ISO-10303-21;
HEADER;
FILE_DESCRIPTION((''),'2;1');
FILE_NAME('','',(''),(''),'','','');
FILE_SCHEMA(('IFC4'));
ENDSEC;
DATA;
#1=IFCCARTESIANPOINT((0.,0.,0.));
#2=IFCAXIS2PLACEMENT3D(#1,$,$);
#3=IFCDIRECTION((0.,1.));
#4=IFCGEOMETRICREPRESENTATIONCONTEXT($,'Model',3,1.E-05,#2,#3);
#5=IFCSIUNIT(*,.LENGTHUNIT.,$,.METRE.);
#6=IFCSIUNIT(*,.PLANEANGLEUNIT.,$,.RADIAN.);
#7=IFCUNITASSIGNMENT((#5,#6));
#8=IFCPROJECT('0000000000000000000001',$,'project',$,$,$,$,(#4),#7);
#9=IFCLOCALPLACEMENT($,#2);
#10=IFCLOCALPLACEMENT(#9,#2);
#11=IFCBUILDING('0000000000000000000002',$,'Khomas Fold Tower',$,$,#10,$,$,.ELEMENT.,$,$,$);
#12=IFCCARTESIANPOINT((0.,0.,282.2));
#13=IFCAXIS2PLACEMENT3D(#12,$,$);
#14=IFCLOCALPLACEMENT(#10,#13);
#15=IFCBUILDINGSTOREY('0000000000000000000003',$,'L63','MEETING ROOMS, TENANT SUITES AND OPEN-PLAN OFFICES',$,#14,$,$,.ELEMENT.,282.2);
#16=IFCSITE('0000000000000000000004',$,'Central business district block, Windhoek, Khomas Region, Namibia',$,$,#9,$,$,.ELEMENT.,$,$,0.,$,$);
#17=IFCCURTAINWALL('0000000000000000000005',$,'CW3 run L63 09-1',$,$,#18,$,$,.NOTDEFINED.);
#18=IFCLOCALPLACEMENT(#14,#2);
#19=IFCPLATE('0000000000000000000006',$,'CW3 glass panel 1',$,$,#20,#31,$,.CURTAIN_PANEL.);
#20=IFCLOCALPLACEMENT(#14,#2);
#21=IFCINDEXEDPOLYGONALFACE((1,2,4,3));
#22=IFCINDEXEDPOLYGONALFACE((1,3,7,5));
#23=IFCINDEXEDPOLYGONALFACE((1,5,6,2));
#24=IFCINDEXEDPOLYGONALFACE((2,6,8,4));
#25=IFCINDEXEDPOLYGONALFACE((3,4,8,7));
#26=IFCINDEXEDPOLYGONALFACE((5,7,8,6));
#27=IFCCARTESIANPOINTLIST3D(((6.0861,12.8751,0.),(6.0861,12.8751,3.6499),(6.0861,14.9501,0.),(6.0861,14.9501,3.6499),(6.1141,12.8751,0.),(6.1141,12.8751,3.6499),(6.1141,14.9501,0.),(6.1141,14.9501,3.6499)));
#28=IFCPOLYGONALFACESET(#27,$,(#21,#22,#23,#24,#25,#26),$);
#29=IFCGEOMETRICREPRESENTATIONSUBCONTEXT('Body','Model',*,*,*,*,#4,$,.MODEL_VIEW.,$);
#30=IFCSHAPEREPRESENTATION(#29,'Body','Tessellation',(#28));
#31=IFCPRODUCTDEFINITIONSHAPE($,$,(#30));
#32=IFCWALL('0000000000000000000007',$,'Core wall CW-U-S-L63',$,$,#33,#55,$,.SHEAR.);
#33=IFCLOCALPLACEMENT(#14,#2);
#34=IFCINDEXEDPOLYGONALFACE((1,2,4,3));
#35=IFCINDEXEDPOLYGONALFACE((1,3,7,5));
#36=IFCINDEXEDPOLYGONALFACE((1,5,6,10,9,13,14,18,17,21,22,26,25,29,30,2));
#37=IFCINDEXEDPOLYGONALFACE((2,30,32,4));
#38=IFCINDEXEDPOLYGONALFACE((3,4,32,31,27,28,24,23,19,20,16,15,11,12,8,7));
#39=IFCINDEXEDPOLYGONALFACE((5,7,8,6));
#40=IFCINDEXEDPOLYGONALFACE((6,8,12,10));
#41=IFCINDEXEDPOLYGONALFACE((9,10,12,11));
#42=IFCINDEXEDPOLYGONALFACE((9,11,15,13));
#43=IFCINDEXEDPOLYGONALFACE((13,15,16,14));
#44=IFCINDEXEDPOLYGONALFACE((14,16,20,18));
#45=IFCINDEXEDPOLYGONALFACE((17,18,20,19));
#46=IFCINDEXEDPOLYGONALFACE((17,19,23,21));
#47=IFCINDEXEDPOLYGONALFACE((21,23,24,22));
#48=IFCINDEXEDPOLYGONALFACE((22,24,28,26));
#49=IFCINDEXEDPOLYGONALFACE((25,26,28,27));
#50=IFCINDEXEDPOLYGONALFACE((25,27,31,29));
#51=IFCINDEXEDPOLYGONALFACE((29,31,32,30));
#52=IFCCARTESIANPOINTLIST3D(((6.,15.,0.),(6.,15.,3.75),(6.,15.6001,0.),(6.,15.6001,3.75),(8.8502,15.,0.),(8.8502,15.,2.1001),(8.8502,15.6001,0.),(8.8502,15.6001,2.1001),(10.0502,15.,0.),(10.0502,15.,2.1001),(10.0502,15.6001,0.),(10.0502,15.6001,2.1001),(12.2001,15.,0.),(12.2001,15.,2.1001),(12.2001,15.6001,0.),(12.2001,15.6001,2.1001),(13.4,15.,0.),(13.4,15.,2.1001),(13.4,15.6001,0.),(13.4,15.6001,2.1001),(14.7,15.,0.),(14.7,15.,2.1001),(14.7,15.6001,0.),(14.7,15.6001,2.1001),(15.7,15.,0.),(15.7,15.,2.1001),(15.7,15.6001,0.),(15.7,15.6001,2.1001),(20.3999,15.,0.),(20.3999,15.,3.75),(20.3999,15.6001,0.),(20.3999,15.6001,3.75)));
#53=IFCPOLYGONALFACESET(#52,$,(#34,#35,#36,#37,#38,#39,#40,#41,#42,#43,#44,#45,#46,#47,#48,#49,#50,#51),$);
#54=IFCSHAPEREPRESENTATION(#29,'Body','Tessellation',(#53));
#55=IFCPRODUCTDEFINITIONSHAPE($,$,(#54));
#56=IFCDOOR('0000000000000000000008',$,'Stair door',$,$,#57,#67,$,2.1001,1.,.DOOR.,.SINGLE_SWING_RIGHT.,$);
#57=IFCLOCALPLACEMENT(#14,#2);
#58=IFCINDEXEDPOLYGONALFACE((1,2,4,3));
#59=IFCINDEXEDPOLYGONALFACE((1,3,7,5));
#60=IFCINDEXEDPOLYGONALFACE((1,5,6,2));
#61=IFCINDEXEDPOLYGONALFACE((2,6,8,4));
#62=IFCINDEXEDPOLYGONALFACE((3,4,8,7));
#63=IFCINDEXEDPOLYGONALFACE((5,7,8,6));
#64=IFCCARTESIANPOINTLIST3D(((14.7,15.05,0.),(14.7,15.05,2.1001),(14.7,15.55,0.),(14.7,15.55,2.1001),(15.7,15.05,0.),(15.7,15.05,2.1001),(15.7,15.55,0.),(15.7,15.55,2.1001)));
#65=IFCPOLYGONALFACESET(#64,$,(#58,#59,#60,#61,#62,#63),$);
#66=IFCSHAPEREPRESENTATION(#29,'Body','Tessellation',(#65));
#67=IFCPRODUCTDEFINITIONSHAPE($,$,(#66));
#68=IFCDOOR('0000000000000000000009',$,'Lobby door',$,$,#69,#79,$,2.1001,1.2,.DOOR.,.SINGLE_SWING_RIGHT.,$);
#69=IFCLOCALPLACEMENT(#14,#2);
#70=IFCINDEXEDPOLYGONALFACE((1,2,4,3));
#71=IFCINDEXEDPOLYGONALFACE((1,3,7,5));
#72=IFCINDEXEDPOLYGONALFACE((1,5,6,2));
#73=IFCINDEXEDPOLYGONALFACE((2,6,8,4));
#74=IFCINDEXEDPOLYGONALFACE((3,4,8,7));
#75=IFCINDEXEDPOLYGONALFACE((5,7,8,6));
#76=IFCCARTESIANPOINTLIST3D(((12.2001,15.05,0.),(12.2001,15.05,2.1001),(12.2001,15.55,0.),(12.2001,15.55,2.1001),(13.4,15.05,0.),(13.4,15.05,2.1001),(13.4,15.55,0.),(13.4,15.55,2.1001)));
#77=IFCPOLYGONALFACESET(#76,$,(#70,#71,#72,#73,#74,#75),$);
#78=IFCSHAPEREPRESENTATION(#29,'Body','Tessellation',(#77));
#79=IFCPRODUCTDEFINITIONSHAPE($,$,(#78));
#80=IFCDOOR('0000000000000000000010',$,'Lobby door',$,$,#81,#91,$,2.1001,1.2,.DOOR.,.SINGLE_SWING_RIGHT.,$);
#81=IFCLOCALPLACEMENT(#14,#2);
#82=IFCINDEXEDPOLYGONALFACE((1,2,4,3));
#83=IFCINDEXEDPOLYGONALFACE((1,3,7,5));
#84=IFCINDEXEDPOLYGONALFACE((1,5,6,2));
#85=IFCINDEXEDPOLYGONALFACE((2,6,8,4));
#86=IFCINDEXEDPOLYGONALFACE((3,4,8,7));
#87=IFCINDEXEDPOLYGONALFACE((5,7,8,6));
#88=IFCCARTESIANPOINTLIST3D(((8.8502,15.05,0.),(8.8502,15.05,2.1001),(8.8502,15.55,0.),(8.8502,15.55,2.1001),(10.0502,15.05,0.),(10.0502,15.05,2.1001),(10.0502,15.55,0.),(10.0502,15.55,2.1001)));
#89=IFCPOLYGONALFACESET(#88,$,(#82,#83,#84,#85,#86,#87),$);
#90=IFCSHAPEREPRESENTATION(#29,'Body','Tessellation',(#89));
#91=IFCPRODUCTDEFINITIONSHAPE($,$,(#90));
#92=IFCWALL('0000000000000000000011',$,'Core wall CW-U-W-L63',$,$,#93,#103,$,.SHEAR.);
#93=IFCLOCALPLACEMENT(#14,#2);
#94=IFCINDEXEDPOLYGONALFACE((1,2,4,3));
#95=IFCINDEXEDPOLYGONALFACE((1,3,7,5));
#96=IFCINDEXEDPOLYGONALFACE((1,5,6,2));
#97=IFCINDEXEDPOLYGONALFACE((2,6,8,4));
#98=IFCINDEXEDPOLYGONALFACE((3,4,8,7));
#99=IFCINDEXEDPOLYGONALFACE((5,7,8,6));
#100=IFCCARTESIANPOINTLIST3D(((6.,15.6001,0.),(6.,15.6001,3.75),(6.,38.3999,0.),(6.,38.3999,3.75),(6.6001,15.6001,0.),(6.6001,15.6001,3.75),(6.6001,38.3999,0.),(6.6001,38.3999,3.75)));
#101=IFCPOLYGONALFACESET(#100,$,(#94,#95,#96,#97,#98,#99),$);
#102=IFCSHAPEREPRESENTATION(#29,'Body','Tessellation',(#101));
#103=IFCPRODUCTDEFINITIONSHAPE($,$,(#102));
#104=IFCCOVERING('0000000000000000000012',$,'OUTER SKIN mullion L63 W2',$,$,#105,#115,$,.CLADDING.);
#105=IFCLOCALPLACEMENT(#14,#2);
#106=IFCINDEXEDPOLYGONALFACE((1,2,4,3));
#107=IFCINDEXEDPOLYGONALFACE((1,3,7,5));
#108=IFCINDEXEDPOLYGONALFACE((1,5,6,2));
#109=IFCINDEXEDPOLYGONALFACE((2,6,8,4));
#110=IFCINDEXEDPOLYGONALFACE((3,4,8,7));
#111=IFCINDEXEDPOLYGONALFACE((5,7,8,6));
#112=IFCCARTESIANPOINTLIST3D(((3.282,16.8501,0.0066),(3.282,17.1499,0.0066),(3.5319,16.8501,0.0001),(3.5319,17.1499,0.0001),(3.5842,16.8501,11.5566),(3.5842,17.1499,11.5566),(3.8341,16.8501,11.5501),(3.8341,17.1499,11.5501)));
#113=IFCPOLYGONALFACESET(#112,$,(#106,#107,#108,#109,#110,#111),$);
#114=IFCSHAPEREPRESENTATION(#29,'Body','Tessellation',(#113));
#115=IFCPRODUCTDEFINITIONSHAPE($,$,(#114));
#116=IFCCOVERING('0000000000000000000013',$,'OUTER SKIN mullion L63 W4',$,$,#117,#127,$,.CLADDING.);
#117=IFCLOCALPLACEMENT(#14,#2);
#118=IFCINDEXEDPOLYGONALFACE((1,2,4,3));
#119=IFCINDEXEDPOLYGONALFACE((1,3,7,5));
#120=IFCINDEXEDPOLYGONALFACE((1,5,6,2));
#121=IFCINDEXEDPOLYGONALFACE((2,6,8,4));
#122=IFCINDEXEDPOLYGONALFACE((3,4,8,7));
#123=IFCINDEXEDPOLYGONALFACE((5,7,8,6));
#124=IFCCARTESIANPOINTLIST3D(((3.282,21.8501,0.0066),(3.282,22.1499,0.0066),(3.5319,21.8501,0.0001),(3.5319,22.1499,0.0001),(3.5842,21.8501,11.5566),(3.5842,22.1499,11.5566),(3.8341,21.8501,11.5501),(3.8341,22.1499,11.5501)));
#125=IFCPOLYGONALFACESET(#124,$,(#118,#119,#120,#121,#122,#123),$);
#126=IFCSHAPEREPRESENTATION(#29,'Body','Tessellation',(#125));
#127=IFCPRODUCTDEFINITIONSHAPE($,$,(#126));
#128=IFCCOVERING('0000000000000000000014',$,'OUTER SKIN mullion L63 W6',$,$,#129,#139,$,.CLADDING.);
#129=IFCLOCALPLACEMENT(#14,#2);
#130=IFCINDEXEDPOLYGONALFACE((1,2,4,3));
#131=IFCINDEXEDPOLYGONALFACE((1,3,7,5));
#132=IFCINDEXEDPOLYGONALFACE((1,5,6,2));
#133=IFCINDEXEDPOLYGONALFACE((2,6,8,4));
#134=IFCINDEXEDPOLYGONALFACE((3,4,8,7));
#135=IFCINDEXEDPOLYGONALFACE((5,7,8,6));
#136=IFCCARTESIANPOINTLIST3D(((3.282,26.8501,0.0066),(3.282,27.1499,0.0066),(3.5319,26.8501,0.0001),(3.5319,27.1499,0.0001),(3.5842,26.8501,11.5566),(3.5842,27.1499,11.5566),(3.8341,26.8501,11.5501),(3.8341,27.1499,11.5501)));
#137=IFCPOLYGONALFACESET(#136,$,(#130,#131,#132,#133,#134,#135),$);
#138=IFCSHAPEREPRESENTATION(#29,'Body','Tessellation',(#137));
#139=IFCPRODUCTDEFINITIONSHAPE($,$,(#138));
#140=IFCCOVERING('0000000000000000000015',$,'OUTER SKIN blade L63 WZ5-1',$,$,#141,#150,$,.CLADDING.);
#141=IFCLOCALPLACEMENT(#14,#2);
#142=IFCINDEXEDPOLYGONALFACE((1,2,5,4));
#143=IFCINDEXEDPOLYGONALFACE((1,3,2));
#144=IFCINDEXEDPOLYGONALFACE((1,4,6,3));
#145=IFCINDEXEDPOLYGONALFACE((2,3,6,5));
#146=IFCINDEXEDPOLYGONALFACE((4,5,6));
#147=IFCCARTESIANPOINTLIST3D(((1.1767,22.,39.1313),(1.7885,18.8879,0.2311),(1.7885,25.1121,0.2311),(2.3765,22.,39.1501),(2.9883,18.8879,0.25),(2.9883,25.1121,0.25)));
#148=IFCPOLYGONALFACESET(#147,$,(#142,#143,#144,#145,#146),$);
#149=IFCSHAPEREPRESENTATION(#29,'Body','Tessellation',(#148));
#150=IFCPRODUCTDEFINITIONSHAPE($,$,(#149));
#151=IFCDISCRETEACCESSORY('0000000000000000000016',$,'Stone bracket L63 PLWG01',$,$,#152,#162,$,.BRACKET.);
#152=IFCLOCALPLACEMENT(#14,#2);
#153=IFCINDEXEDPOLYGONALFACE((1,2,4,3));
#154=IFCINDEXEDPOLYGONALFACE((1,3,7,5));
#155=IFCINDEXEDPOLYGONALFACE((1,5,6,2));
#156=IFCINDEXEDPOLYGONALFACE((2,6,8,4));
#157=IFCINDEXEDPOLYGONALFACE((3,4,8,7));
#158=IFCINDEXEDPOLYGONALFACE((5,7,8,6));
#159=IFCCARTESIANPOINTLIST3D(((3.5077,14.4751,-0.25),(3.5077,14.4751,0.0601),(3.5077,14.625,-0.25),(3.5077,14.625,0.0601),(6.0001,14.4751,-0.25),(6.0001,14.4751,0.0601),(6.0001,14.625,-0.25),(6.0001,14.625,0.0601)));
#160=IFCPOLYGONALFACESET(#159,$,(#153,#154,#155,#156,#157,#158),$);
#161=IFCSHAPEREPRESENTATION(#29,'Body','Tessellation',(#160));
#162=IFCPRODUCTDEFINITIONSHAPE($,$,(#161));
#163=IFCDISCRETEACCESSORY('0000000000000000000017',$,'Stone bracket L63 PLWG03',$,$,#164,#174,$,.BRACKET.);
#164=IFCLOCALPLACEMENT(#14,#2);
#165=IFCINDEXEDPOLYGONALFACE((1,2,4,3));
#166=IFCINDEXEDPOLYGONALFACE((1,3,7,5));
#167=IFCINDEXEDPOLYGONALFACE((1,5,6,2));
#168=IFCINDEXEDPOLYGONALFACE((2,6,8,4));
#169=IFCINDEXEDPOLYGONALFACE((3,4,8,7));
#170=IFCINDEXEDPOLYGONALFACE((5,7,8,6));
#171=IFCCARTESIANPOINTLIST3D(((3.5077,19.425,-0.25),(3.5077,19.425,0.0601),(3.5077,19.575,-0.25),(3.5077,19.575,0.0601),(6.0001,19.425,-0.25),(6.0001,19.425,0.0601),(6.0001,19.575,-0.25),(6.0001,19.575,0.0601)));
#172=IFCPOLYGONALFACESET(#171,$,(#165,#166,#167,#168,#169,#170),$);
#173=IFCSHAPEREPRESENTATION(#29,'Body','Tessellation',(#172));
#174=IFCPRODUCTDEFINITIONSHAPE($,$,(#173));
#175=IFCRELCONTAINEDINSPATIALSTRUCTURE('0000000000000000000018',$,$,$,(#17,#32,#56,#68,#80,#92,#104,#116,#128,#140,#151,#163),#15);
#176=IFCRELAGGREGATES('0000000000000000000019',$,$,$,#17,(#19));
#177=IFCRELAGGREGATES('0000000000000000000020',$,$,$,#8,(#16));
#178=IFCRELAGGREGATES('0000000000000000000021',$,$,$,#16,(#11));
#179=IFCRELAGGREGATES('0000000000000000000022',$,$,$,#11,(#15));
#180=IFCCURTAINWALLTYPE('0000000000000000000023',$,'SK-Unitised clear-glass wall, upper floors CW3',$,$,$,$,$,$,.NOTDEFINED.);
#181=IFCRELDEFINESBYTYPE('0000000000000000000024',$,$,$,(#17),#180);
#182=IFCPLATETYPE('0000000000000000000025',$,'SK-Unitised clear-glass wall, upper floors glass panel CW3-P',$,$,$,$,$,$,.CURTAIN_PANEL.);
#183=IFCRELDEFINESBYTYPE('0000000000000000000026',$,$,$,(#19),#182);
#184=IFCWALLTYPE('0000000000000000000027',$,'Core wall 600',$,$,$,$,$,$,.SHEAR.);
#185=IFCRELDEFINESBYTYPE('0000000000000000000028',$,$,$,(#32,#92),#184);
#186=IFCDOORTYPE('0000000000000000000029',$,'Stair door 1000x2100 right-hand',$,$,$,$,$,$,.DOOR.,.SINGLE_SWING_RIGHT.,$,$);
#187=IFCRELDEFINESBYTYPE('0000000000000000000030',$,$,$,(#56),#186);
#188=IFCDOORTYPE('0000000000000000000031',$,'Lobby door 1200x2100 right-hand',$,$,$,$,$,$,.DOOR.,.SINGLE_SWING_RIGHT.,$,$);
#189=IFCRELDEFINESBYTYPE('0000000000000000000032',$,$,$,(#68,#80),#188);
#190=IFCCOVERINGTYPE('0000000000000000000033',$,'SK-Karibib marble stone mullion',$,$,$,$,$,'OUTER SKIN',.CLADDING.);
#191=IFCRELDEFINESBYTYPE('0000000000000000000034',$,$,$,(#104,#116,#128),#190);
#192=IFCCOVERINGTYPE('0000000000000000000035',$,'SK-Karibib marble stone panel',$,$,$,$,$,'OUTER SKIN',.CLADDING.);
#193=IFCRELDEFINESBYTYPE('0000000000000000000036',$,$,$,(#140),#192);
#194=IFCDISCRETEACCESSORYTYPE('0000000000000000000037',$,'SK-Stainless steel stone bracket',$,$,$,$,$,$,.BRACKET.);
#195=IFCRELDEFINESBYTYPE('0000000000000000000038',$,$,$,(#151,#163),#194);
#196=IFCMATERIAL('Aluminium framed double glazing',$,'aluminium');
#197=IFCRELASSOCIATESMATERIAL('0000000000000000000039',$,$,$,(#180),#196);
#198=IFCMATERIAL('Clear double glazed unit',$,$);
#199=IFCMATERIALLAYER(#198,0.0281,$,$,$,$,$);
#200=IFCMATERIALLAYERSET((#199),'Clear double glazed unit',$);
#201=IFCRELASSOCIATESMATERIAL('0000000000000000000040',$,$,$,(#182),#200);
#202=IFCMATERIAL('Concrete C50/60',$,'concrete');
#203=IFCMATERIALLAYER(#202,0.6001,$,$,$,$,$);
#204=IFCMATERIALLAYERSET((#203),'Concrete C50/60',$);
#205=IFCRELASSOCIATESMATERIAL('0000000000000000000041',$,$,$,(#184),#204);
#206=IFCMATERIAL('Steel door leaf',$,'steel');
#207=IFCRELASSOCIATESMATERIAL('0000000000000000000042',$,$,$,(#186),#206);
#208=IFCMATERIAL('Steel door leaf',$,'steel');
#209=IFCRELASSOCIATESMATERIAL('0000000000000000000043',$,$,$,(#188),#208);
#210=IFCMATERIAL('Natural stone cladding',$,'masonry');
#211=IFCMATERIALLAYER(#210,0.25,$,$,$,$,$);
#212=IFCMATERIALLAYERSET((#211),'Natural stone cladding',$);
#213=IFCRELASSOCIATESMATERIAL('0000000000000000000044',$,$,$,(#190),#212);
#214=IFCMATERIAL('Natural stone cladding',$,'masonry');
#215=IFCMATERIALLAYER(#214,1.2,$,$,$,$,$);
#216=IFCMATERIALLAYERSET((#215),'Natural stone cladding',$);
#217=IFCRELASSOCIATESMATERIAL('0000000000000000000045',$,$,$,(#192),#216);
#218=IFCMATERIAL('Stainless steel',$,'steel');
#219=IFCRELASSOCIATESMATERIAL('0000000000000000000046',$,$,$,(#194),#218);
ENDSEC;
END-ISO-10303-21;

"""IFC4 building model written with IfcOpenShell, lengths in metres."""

from ifc_helpers import new_model, si_unit, direction, frame, frame_2d, origin, origin_2d, place, context, subcontext, project, spatial, polyline, rectangle, outline, extrude, source, transform, mapped, material, layer, layer_set, type_object, element, fill, aggregate, save


model = new_model("IFC4")

# Units and contexts
model_context = context("Model", 3, precision=1e-05, world=origin(), true_north=direction((0.0, 1.0)))
body_context = subcontext(model_context, "Body", "Model", "MODEL_VIEW")
ifc_project = project(units=[si_unit("LENGTHUNIT", "METRE"), si_unit("PLANEANGLEUNIT", "RADIAN")], contexts=[model_context])

# Site, building, storey
site_placement = place(None, origin())
site = spatial("IfcSite", under=ifc_project, at=site_placement, Name="Central business district block, Windhoek, Khomas Region, Namibia", CompositionType="ELEMENT", RefElevation=0.0)
building_placement = place(site_placement, origin())
building = spatial("IfcBuilding", under=site, at=building_placement, Name="Khomas Fold Tower", CompositionType="ELEMENT")
storey_placement = place(building_placement, frame((0.0, 0.0, 282.2)))
storey = spatial("IfcBuildingStorey", under=building, at=storey_placement, Name="L63", Description="MEETING ROOMS, TENANT SUITES AND OPEN-PLAN OFFICES", CompositionType="ELEMENT", Elevation=282.2)

# Curtain wall
ifc_material_1 = material(Name="Aluminium framed double glazing", Category="aluminium")
curtain_wall_type = type_object("IfcCurtainWallType", Name="SK-Unitised clear-glass wall, upper floors CW3", PredefinedType="NOTDEFINED", material=ifc_material_1)
curtain_wall_1_placement = place(storey_placement, origin())
curtain_wall_1 = element("IfcCurtainWall", 1, at=curtain_wall_1_placement, inside=storey, type_object=curtain_wall_type, Name="CW3 run L63 09-1", PredefinedType="NOTDEFINED")

# Plate
ifc_material_2 = material(Name="Clear double glazed unit")
ifc_layer_1 = layer(ifc_material_2, 0.0281)
ifc_layer_set_1 = layer_set([ifc_layer_1], Name="Clear double glazed unit")
plate_type_1 = type_object("IfcPlateType", Name="SK-Unitised clear-glass wall, upper floors glass panel CW3-P", PredefinedType="CURTAIN_PANEL", material=ifc_layer_set_1)
shared_shape_1 = source(origin(), body_context, "Body", "SweptSolid", [
    extrude(rectangle(XDim=2.075, YDim=0.0281, at=origin_2d()), origin(), (0.0, 0.0, 1.0), 3.6499),
])
plate_1_placement = place(storey_placement, frame((6.1001, 13.9126, 0.0), z_axis=(0.0, 0.0, 1.0), x_axis=(0.0, -1.0, 0.0)))
plate_1 = element("IfcPlate", 2, at=plate_1_placement, type_object=plate_type_1, Name="CW3 glass panel 1", PredefinedType="CURTAIN_PANEL", context=body_context, shape_type="MappedRepresentation", body=[
    mapped(shared_shape_1, transform((0.0, 0.0, 0.0))),
])
aggregate(curtain_wall_1, [plate_1])

# Wall, openings, doors
ifc_material_3 = material(Name="Concrete C50/60", Category="concrete")
ifc_layer_2 = layer(ifc_material_3, 0.6001)
ifc_layer_set_2 = layer_set([ifc_layer_2], Name="Concrete C50/60")
wall_type = type_object("IfcWallType", Name="Core wall 600", PredefinedType="SHEAR", material=ifc_layer_set_2)
shared_shape_2 = source(origin(), body_context, "Body", "SweptSolid", [
    extrude(rectangle(XDim=14.3999, YDim=0.6001, at=frame_2d((7.2, 0.0))), origin(), (0.0, 0.0, 1.0), 3.75),
])
wall_1_placement = place(storey_placement, frame((6.0, 15.3, 0.0), z_axis=(0.0, 0.0, 1.0), x_axis=(1.0, 0.0, 0.0)))
wall_1 = element("IfcWall", 3, at=wall_1_placement, inside=storey, type_object=wall_type, Name="Core wall CW-U-S-L63", PredefinedType="SHEAR", context=body_context, shape_type="MappedRepresentation", body=[
    mapped(shared_shape_2, transform((0.0, 0.0, 0.0))),
])
shared_shape_3 = source(origin(), body_context, "Body", "SweptSolid", [
    extrude(rectangle(XDim=1.2, YDim=2.1001, at=frame_2d((0.6001, 1.05))), frame((0.0, 0.3101, 0.0), z_axis=(0.0, -1.0, 0.0), x_axis=(1.0, 0.0, 0.0)), (0.0, 0.0, 1.0), 0.6201),
])
opening_1_placement = place(wall_1_placement, frame((6.2, 0.0, 0.0)))
opening_1 = element("IfcOpeningElement", 4, at=opening_1_placement, cuts=wall_1, PredefinedType="OPENING", context=body_context, shape_type="MappedRepresentation", body=[
    mapped(shared_shape_3, transform((0.0, 0.0, 0.0))),
])
opening_2_placement = place(wall_1_placement, frame((2.8501, 0.0, 0.0)))
opening_2 = element("IfcOpeningElement", 5, at=opening_2_placement, cuts=wall_1, PredefinedType="OPENING", context=body_context, shape_type="MappedRepresentation", body=[
    mapped(shared_shape_3, transform((0.0, 0.0, 0.0))),
])
shared_shape_4 = source(origin(), body_context, "Body", "SweptSolid", [
    extrude(rectangle(XDim=1.0, YDim=2.1001, at=frame_2d((0.5, 1.05))), frame((0.0, 0.3101, 0.0), z_axis=(0.0, -1.0, 0.0), x_axis=(1.0, 0.0, 0.0)), (0.0, 0.0, 1.0), 0.6201),
])
opening_3_placement = place(wall_1_placement, frame((8.7, 0.0, 0.0)))
opening_3 = element("IfcOpeningElement", 6, at=opening_3_placement, cuts=wall_1, PredefinedType="OPENING", context=body_context, shape_type="MappedRepresentation", body=[
    mapped(shared_shape_4, transform((0.0, 0.0, 0.0))),
])
ifc_material_4 = material(Name="Steel door leaf", Category="steel")
door_type_1 = type_object("IfcDoorType", Name="Stair door 1000x2100 right-hand", OperationType="SINGLE_SWING_RIGHT", PredefinedType="DOOR", material=ifc_material_4)
shared_shape_5 = source(origin(), body_context, "Body", "SweptSolid", [
    extrude(rectangle(XDim=1.0, YDim=2.1001, at=frame_2d((0.5, 1.05))), frame((0.0, 0.25, 0.0), z_axis=(0.0, -1.0, 0.0), x_axis=(1.0, 0.0, 0.0)), (0.0, 0.0, 1.0), 0.5),
])
door_1_placement = place(opening_3_placement, origin())
door_1 = element("IfcDoor", 7, at=door_1_placement, inside=storey, type_object=door_type_1, Name="Stair door", OperationType="SINGLE_SWING_RIGHT", OverallHeight=2.1001, OverallWidth=1.0, PredefinedType="DOOR", context=body_context, shape_type="MappedRepresentation", body=[
    mapped(shared_shape_5, transform((0.0, 0.0, 0.0))),
])
fill(opening_3, door_1)
ifc_material_5 = material(Name="Steel door leaf", Category="steel")
door_type_2 = type_object("IfcDoorType", Name="Lobby door 1200x2100 right-hand", OperationType="SINGLE_SWING_RIGHT", PredefinedType="DOOR", material=ifc_material_5)
shared_shape_6 = source(origin(), body_context, "Body", "SweptSolid", [
    extrude(rectangle(XDim=1.2, YDim=2.1001, at=frame_2d((0.6001, 1.05))), frame((0.0, 0.25, 0.0), z_axis=(0.0, -1.0, 0.0), x_axis=(1.0, 0.0, 0.0)), (0.0, 0.0, 1.0), 0.5),
])
door_2_placement = place(opening_1_placement, origin())
door_2 = element("IfcDoor", 8, at=door_2_placement, inside=storey, type_object=door_type_2, Name="Lobby door", OperationType="SINGLE_SWING_RIGHT", OverallHeight=2.1001, OverallWidth=1.2, PredefinedType="DOOR", context=body_context, shape_type="MappedRepresentation", body=[
    mapped(shared_shape_6, transform((0.0, 0.0, 0.0))),
])
fill(opening_1, door_2)
door_3_placement = place(opening_2_placement, origin())
door_3 = element("IfcDoor", 9, at=door_3_placement, inside=storey, type_object=door_type_2, Name="Lobby door", OperationType="SINGLE_SWING_RIGHT", OverallHeight=2.1001, OverallWidth=1.2, PredefinedType="DOOR", context=body_context, shape_type="MappedRepresentation", body=[
    mapped(shared_shape_6, transform((0.0, 0.0, 0.0))),
])
fill(opening_2, door_3)

# Wall
shared_shape_7 = source(origin(), body_context, "Body", "SweptSolid", [
    extrude(rectangle(XDim=22.7998, YDim=0.6001, at=frame_2d((11.3999, 0.0))), origin(), (0.0, 0.0, 1.0), 3.75),
])
wall_2_placement = place(storey_placement, frame((6.3, 15.6001, 0.0), z_axis=(0.0, 0.0, 1.0), x_axis=(0.0, 1.0, 0.0)))
element("IfcWall", 10, at=wall_2_placement, inside=storey, type_object=wall_type, Name="Core wall CW-U-W-L63", PredefinedType="SHEAR", context=body_context, shape_type="MappedRepresentation", body=[
    mapped(shared_shape_7, transform((0.0, 0.0, 0.0))),
])

# Coverings
ifc_material_6 = material(Name="Natural stone cladding", Category="masonry")
ifc_layer_3 = layer(ifc_material_6, 0.25)
ifc_layer_set_3 = layer_set([ifc_layer_3], Name="Natural stone cladding")
covering_type_1 = type_object("IfcCoveringType", Name="SK-Karibib marble stone mullion", ElementType="OUTER SKIN", PredefinedType="CLADDING", material=ifc_layer_set_3)
for number, where, z_axis, x_axis, name in (
    (11, (3.282, 16.8501, 0.0066), (-0.999658, 0.0, 0.026159), (0.0, 1.0, 0.0), "OUTER SKIN mullion L63 W2"),
    (12, (3.282, 21.8501, 0.0066), (-0.999658, 0.0, 0.026159), (0.0, 1.0, 0.0), "OUTER SKIN mullion L63 W4"),
    (13, (3.282, 26.8501, 0.0066), (-0.999658, 0.0, 0.026159), (0.0, 1.0, 0.0), "OUTER SKIN mullion L63 W6"),
):
    element("IfcCovering", number, at=place(storey_placement, frame(where, z_axis=z_axis, x_axis=x_axis)), inside=storey, type_object=covering_type_1, Name=name, PredefinedType="CLADDING", context=body_context, shape_type="SweptSolid", body=[
        extrude(outline(polyline([(0.0, 0.0), (0.2998, 0.0), (0.2998, -11.554), (0.0, -11.554), (0.0, 0.0)])), origin(), (0.0, 0.0, -1.0), 0.25),
    ])
ifc_material_7 = material(Name="Natural stone cladding", Category="masonry")
ifc_layer_4 = layer(ifc_material_7, 1.2)
ifc_layer_set_4 = layer_set([ifc_layer_4], Name="Natural stone cladding")
covering_type_2 = type_object("IfcCoveringType", Name="SK-Karibib marble stone panel", ElementType="OUTER SKIN", PredefinedType="CLADDING", material=ifc_layer_set_4)
covering_placement = place(storey_placement, frame((2.9883, 18.8879, 0.25), z_axis=(0.999876, 0.0, 0.015726), x_axis=(0.0, 1.0, 0.0)))
element("IfcCovering", 14, at=covering_placement, inside=storey, type_object=covering_type_2, Name="OUTER SKIN blade L63 WZ5-1", PredefinedType="CLADDING", context=body_context, shape_type="SweptSolid", body=[
    extrude(outline(polyline([(0.0, 0.0), (6.2241, 0.0), (3.1121, 38.905), (0.0, 0.0)])), origin(), (0.0, 0.0, -1.0), 1.2),
])

# Discrete accessories
ifc_material_8 = material(Name="Stainless steel", Category="steel")
discrete_accessory_type = type_object("IfcDiscreteAccessoryType", Name="SK-Stainless steel stone bracket", PredefinedType="BRACKET", material=ifc_material_8)
shared_shape_8 = source(origin(), body_context, "Body", "SweptSolid", [
    extrude(rectangle(XDim=2.4924, YDim=0.1499, at=origin_2d()), origin(), (0.0, 0.0, 1.0), 0.3101),
])
for number, where, z_axis, x_axis, name in (
    (15, (4.7539, 14.55, -0.25), (0.0, 0.0, 1.0), (-1.0, 0.0, 0.0), "Stone bracket L63 PLWG01"),
    (16, (4.7539, 19.5, -0.25), (0.0, 0.0, 1.0), (-1.0, 0.0, 0.0), "Stone bracket L63 PLWG03"),
):
    element("IfcDiscreteAccessory", number, at=place(storey_placement, frame(where, z_axis=z_axis, x_axis=x_axis)), inside=storey, type_object=discrete_accessory_type, Name=name, PredefinedType="BRACKET", context=body_context, shape_type="MappedRepresentation", body=[
        mapped(shared_shape_8, transform((0.0, 0.0, 0.0))),
    ])

save(model, "model.ifc")
